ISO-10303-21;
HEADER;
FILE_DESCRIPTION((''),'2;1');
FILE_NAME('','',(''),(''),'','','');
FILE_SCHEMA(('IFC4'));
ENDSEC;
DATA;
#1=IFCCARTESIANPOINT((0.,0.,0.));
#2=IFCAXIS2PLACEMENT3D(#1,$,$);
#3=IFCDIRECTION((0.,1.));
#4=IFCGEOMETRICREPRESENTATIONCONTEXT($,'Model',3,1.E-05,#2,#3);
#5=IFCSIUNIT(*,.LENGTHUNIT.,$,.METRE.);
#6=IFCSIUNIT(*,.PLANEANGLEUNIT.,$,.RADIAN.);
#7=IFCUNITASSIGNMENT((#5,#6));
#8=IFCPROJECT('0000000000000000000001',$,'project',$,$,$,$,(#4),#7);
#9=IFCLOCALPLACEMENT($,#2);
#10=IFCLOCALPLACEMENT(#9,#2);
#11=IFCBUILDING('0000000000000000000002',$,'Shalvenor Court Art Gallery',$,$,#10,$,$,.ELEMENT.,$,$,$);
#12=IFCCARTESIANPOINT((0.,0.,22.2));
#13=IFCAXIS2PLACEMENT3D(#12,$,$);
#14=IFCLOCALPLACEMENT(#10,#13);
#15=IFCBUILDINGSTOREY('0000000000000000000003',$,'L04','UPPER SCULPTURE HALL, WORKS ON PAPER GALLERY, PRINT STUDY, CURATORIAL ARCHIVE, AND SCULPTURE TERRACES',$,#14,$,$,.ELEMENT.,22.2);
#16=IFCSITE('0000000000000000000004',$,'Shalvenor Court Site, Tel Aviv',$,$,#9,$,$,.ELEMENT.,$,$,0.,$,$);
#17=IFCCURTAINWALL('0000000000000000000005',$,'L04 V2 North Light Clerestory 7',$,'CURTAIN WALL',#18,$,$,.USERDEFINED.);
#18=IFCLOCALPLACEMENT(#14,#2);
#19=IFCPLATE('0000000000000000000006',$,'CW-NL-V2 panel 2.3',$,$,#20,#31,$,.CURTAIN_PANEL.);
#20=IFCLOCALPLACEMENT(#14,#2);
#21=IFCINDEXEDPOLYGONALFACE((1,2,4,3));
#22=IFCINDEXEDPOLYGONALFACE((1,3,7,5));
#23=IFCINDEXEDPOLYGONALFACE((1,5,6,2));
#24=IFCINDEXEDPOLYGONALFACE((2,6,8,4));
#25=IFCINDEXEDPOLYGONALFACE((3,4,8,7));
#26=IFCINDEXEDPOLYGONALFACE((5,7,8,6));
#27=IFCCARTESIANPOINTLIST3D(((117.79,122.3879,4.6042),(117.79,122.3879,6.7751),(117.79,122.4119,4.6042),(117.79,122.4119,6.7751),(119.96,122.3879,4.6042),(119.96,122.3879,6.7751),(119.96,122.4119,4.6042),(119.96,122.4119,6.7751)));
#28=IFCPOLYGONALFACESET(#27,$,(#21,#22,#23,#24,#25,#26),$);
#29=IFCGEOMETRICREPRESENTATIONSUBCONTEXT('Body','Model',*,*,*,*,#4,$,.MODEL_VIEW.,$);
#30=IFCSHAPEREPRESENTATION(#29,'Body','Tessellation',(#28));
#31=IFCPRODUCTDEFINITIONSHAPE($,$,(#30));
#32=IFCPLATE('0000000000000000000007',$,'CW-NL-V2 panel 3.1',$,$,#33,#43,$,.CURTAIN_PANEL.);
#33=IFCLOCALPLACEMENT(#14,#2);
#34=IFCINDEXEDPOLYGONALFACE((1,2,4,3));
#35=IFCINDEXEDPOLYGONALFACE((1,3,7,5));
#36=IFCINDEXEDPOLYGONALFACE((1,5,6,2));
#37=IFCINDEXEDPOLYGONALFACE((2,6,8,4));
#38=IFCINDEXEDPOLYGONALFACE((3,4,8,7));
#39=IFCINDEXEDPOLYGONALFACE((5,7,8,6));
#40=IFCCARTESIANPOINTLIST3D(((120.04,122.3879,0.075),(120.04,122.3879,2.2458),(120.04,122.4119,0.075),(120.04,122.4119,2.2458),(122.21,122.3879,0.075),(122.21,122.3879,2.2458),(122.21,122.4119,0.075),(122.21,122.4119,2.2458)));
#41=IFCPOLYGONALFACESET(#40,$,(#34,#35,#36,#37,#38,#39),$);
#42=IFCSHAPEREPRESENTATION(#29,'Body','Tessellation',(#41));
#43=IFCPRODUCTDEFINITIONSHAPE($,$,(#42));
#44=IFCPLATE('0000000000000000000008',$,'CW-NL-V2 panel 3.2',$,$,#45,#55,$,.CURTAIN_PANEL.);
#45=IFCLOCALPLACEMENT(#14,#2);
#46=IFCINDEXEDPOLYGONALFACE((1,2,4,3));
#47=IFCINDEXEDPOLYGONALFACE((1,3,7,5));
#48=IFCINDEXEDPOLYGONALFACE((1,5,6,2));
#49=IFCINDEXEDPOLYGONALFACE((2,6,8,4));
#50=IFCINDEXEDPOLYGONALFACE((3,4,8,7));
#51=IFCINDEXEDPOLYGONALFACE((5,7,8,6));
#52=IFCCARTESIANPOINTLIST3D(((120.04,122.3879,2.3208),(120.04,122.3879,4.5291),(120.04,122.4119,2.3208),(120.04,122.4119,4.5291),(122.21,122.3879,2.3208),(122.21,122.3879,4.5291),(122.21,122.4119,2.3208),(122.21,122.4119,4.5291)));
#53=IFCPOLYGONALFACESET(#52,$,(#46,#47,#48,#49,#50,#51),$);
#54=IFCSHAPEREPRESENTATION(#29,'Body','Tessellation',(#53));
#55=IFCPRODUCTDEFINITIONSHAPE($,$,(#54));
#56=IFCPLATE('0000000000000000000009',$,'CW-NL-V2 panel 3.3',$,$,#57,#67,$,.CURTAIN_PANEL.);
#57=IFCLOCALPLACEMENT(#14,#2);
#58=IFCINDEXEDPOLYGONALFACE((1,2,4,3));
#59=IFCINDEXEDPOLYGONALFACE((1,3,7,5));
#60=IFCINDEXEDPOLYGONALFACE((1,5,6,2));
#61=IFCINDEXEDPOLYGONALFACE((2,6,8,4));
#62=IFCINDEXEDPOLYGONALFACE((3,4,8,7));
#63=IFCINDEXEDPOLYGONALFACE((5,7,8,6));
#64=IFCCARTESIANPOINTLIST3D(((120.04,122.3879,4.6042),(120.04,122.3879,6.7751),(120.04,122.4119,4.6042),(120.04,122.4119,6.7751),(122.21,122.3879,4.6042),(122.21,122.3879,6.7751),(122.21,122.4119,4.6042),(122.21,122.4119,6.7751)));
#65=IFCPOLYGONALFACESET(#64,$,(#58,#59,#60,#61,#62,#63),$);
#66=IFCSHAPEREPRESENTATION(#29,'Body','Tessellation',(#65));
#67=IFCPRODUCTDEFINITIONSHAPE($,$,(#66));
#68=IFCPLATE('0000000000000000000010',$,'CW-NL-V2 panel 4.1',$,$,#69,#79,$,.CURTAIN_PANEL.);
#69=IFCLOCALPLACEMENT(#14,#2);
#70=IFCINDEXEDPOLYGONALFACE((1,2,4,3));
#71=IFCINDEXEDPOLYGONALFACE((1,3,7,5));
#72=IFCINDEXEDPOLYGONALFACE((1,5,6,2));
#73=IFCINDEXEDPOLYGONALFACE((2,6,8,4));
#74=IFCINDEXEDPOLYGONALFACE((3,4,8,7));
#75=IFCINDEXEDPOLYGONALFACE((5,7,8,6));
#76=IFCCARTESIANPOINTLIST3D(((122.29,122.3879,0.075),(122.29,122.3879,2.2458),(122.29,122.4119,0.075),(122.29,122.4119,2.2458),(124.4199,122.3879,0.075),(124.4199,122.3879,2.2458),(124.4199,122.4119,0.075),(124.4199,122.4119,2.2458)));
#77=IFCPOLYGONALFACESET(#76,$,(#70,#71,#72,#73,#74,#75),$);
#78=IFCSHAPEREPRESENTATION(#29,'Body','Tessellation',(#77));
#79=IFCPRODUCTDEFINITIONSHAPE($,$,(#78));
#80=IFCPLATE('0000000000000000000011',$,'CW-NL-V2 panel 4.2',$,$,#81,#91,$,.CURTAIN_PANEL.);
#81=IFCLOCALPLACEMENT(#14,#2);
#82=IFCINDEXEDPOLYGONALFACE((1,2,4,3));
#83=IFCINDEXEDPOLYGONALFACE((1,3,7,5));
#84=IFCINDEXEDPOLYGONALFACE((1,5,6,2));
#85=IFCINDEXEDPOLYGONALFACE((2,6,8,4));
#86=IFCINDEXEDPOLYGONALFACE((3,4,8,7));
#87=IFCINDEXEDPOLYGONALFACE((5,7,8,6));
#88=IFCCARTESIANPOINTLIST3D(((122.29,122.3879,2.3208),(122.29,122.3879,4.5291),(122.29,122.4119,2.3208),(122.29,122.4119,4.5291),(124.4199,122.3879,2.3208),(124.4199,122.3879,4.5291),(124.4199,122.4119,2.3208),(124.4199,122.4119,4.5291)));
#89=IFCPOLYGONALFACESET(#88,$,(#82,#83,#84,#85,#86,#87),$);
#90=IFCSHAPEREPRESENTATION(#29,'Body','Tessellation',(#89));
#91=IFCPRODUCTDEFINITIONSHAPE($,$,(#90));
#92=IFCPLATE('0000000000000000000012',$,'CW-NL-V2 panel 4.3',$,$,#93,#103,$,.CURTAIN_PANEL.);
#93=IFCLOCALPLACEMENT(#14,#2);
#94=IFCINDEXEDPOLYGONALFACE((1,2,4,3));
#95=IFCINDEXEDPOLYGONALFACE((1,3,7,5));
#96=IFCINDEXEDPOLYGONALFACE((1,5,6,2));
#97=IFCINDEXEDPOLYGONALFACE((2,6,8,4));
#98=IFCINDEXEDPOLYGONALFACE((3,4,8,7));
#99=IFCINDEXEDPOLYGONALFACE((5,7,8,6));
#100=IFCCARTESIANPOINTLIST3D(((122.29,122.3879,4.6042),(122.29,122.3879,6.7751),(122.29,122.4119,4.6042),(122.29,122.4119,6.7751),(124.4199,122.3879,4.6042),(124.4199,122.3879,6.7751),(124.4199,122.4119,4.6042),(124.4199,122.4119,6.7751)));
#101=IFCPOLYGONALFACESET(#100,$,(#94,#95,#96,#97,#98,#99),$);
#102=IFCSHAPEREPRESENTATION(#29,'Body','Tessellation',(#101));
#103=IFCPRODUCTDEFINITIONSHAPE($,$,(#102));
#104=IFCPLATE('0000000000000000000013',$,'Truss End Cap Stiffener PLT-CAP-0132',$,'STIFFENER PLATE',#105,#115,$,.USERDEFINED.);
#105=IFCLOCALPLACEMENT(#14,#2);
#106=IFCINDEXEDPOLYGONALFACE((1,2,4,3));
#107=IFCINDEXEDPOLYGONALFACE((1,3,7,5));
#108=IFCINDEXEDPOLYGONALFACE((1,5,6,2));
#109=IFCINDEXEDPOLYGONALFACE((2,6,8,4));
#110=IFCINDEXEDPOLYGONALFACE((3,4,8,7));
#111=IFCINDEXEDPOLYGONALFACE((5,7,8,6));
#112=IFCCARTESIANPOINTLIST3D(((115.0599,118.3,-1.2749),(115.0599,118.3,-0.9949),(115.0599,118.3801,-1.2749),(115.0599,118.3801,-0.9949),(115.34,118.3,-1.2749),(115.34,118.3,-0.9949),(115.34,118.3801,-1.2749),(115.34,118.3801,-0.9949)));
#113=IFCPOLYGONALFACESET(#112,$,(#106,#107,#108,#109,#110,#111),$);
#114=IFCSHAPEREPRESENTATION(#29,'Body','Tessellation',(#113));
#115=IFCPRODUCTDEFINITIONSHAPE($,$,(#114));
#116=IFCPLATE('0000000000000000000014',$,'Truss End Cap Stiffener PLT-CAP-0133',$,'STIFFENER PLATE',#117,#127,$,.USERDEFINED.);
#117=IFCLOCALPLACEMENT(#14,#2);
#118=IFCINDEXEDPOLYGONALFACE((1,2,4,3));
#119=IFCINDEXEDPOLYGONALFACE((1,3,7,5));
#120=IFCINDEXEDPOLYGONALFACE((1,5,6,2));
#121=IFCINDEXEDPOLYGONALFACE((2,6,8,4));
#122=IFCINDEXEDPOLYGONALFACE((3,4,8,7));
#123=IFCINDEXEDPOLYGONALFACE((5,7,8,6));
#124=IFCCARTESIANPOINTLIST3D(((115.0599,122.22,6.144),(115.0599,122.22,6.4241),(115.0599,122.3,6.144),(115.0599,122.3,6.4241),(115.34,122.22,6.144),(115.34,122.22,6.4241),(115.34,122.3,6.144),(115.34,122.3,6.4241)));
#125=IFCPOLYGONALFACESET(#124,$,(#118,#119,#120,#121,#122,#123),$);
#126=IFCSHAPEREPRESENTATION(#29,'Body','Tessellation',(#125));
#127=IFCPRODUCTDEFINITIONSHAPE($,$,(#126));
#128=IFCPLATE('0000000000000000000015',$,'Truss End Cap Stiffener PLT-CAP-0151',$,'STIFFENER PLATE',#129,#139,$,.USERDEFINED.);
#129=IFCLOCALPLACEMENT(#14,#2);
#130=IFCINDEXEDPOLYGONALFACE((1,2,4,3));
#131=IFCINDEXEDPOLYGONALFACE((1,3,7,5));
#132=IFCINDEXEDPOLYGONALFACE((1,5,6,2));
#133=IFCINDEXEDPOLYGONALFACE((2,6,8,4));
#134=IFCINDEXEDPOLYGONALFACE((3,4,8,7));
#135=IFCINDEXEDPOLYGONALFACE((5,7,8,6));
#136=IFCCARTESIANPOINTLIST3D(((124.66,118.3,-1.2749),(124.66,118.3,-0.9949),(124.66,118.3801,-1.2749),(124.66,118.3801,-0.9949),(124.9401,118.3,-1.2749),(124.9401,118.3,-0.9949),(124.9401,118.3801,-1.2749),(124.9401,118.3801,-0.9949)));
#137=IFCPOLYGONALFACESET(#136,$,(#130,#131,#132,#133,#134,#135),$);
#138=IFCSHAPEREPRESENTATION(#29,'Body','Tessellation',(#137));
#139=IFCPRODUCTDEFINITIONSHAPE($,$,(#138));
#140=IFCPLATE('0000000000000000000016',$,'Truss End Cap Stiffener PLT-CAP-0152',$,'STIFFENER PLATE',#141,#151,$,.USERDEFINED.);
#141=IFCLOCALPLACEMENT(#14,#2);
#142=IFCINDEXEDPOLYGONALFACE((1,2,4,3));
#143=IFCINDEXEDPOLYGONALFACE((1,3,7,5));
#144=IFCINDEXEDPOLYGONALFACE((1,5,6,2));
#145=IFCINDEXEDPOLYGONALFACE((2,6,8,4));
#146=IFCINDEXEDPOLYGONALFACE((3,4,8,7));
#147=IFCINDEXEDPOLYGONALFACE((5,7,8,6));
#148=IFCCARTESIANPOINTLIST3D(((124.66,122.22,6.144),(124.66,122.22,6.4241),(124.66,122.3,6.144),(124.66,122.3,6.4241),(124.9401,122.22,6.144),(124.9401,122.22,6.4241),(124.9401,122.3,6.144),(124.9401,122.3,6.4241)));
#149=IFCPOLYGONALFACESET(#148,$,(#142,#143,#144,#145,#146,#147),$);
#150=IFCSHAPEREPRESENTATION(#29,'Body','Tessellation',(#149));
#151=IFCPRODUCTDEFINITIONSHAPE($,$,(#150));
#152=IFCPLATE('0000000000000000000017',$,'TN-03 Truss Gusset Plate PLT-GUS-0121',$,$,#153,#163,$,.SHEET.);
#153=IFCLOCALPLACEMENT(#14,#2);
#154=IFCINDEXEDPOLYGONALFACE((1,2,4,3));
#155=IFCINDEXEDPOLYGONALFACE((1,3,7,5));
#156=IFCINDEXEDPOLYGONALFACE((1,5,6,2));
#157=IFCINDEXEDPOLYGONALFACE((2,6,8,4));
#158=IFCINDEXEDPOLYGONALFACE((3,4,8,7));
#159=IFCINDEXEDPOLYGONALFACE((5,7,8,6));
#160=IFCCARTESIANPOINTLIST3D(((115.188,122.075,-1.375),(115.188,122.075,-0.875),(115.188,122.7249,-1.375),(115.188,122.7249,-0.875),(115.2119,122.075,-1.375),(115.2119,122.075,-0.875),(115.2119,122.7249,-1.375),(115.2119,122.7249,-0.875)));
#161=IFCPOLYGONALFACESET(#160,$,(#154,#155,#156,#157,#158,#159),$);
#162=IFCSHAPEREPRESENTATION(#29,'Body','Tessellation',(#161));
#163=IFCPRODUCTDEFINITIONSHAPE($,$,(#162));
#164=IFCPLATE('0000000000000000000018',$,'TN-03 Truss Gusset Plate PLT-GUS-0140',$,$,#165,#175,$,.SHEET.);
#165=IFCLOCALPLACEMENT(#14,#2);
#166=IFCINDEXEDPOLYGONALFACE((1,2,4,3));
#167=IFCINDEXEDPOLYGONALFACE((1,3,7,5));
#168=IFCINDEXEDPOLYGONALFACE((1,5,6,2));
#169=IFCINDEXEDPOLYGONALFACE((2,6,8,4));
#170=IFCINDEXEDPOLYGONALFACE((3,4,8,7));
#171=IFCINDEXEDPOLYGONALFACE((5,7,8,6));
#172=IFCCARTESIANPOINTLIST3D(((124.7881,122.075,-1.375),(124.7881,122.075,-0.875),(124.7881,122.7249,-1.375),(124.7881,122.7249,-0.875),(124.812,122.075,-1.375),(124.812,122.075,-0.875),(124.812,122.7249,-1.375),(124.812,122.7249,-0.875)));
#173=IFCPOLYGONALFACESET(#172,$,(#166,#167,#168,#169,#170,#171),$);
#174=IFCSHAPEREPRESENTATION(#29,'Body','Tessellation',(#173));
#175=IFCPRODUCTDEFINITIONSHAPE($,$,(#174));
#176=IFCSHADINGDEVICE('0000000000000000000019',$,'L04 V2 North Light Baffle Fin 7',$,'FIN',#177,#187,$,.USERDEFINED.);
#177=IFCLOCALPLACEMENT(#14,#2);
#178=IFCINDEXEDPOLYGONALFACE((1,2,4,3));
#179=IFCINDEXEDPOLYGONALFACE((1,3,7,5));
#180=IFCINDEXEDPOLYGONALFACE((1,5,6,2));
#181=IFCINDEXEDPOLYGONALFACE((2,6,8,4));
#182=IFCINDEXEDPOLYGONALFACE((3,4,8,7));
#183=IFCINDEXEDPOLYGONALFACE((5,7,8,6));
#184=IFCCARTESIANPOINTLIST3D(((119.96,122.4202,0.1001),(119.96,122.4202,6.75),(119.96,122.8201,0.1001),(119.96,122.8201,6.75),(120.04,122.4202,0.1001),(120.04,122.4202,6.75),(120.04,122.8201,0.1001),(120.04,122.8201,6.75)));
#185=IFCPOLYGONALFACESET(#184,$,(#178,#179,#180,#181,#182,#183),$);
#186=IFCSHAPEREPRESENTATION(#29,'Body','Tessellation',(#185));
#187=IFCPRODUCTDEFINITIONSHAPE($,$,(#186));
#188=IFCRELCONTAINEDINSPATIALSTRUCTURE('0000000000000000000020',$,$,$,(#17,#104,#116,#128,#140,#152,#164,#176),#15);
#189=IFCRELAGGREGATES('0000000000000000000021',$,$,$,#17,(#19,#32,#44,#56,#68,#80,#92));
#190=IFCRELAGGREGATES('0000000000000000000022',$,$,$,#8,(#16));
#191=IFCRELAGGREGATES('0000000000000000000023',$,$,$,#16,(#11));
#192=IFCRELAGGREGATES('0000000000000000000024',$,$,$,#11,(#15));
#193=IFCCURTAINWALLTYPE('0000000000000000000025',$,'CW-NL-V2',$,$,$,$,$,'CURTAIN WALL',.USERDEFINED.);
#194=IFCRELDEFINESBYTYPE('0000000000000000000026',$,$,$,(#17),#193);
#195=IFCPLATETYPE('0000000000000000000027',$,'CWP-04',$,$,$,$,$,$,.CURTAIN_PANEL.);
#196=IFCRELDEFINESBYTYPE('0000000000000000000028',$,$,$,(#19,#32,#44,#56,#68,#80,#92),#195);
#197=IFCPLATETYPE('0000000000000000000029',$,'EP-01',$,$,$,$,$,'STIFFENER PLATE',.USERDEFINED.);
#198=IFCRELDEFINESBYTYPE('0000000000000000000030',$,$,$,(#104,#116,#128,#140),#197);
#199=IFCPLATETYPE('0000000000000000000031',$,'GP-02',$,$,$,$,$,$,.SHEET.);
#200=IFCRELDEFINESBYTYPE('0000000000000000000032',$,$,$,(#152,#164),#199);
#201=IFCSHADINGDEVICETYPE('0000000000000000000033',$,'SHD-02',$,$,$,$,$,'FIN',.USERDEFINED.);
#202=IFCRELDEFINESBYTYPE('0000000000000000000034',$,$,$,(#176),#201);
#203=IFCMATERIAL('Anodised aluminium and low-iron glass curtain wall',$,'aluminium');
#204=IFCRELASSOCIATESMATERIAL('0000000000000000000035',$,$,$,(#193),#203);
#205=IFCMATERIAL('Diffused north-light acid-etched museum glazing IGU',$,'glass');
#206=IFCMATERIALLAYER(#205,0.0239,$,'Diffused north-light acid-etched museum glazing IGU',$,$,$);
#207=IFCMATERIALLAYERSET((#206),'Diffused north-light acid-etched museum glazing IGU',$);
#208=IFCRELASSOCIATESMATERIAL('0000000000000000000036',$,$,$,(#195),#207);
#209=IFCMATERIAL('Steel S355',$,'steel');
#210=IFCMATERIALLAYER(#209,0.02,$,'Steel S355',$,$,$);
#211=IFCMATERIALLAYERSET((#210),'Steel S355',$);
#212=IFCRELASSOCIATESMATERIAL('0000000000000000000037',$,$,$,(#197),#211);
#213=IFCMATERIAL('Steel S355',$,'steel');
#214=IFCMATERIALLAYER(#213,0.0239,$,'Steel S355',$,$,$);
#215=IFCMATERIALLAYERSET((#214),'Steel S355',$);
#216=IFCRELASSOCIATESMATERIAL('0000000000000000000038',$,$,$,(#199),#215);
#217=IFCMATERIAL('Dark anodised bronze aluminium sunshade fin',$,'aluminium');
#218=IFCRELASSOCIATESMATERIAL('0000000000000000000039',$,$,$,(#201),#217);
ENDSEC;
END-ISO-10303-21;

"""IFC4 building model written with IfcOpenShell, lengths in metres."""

from ifc_helpers import new_model, si_unit, direction, frame, origin, origin_2d, place, context, subcontext, project, spatial, rectangle, extrude, material, layer, layer_set, type_object, element, aggregate, save


model = new_model("IFC4")

# Units and contexts
model_context = context("Model", 3, precision=1e-05, world=origin(), true_north=direction((0.0, 1.0)))
body_context = subcontext(model_context, "Body", "Model", "MODEL_VIEW")
ifc_project = project(units=[si_unit("LENGTHUNIT", "METRE"), si_unit("PLANEANGLEUNIT", "RADIAN")], contexts=[model_context])

# Site, building, storey
site_placement = place(None, origin())
site = spatial("IfcSite", under=ifc_project, at=site_placement, Name="Shalvenor Court Site, Tel Aviv", CompositionType="ELEMENT", RefElevation=0.0)
building_placement = place(site_placement, origin())
building = spatial("IfcBuilding", under=site, at=building_placement, Name="Shalvenor Court Art Gallery", CompositionType="ELEMENT")
storey_placement = place(building_placement, frame((0.0, 0.0, 22.2)))
storey = spatial("IfcBuildingStorey", under=building, at=storey_placement, Name="L04", Description="UPPER SCULPTURE HALL, WORKS ON PAPER GALLERY, PRINT STUDY, CURATORIAL ARCHIVE, AND SCULPTURE TERRACES", CompositionType="ELEMENT", Elevation=22.2)

# Curtain wall
ifc_material_1 = material(Name="Anodised aluminium and low-iron glass curtain wall", Category="aluminium")
curtain_wall_type = type_object("IfcCurtainWallType", Name="CW-NL-V2", ElementType="CURTAIN WALL", PredefinedType="USERDEFINED", material=ifc_material_1)
curtain_wall_placement = place(storey_placement, origin())
curtain_wall = element("IfcCurtainWall", 1, at=curtain_wall_placement, inside=storey, type_object=curtain_wall_type, Name="L04 V2 North Light Clerestory 7", ObjectType="CURTAIN WALL", PredefinedType="USERDEFINED")

# Plates
ifc_material_2 = material(Name="Diffused north-light acid-etched museum glazing IGU", Category="glass")
ifc_layer_1 = layer(ifc_material_2, 0.0239, Name="Diffused north-light acid-etched museum glazing IGU")
ifc_layer_set_1 = layer_set([ifc_layer_1], Name="Diffused north-light acid-etched museum glazing IGU")
plate_type_1 = type_object("IfcPlateType", Name="CWP-04", PredefinedType="CURTAIN_PANEL", material=ifc_layer_set_1)
plate_1_placement = place(storey_placement, frame((118.875, 122.3999, 4.6042), z_axis=(0.0, 0.0, 1.0), x_axis=(1.0, 0.0, 0.0)))
plate_1 = element("IfcPlate", 2, at=plate_1_placement, type_object=plate_type_1, Name="CW-NL-V2 panel 2.3", PredefinedType="CURTAIN_PANEL", context=body_context, shape_type="SweptSolid", body=[
    extrude(rectangle(XDim=2.1699, YDim=0.0239, at=origin_2d()), origin(), (0.0, 0.0, 1.0), 2.1709),
])
plate_2_placement = place(storey_placement, frame((121.125, 122.3999, 0.075), z_axis=(0.0, 0.0, 1.0), x_axis=(1.0, 0.0, 0.0)))
plate_2 = element("IfcPlate", 3, at=plate_2_placement, type_object=plate_type_1, Name="CW-NL-V2 panel 3.1", PredefinedType="CURTAIN_PANEL", context=body_context, shape_type="SweptSolid", body=[
    extrude(rectangle(XDim=2.1699, YDim=0.0239, at=origin_2d()), origin(), (0.0, 0.0, 1.0), 2.1709),
])
plate_3_placement = place(storey_placement, frame((121.125, 122.3999, 2.3208), z_axis=(0.0, 0.0, 1.0), x_axis=(1.0, 0.0, 0.0)))
plate_3 = element("IfcPlate", 4, at=plate_3_placement, type_object=plate_type_1, Name="CW-NL-V2 panel 3.2", PredefinedType="CURTAIN_PANEL", context=body_context, shape_type="SweptSolid", body=[
    extrude(rectangle(XDim=2.1699, YDim=0.0239, at=origin_2d()), origin(), (0.0, 0.0, 1.0), 2.2083),
])
plate_4_placement = place(storey_placement, frame((121.125, 122.3999, 4.6042), z_axis=(0.0, 0.0, 1.0), x_axis=(1.0, 0.0, 0.0)))
plate_4 = element("IfcPlate", 5, at=plate_4_placement, type_object=plate_type_1, Name="CW-NL-V2 panel 3.3", PredefinedType="CURTAIN_PANEL", context=body_context, shape_type="SweptSolid", body=[
    extrude(rectangle(XDim=2.1699, YDim=0.0239, at=origin_2d()), origin(), (0.0, 0.0, 1.0), 2.1709),
])
plate_5_placement = place(storey_placement, frame((123.355, 122.3999, 0.075), z_axis=(0.0, 0.0, 1.0), x_axis=(1.0, 0.0, 0.0)))
plate_5 = element("IfcPlate", 6, at=plate_5_placement, type_object=plate_type_1, Name="CW-NL-V2 panel 4.1", PredefinedType="CURTAIN_PANEL", context=body_context, shape_type="SweptSolid", body=[
    extrude(rectangle(XDim=2.1299, YDim=0.0239, at=origin_2d()), origin(), (0.0, 0.0, 1.0), 2.1709),
])
plate_6_placement = place(storey_placement, frame((123.355, 122.3999, 2.3208), z_axis=(0.0, 0.0, 1.0), x_axis=(1.0, 0.0, 0.0)))
plate_6 = element("IfcPlate", 7, at=plate_6_placement, type_object=plate_type_1, Name="CW-NL-V2 panel 4.2", PredefinedType="CURTAIN_PANEL", context=body_context, shape_type="SweptSolid", body=[
    extrude(rectangle(XDim=2.1299, YDim=0.0239, at=origin_2d()), origin(), (0.0, 0.0, 1.0), 2.2083),
])
plate_7_placement = place(storey_placement, frame((123.355, 122.3999, 4.6042), z_axis=(0.0, 0.0, 1.0), x_axis=(1.0, 0.0, 0.0)))
plate_7 = element("IfcPlate", 8, at=plate_7_placement, type_object=plate_type_1, Name="CW-NL-V2 panel 4.3", PredefinedType="CURTAIN_PANEL", context=body_context, shape_type="SweptSolid", body=[
    extrude(rectangle(XDim=2.1299, YDim=0.0239, at=origin_2d()), origin(), (0.0, 0.0, 1.0), 2.1709),
])
aggregate(curtain_wall, [plate_1, plate_2, plate_3, plate_4, plate_5, plate_6, plate_7])

# Plates
ifc_material_3 = material(Name="Steel S355", Category="steel")
ifc_layer_2 = layer(ifc_material_3, 0.02, Name="Steel S355")
ifc_layer_set_2 = layer_set([ifc_layer_2], Name="Steel S355")
plate_type_2 = type_object("IfcPlateType", Name="EP-01", ElementType="STIFFENER PLATE", PredefinedType="USERDEFINED", material=ifc_layer_set_2)
for number, where, z_axis, x_axis, name in (
    (9, (115.2, 118.3401, -1.2749), (0.0, 0.0, 1.0), (1.0, 0.0, 0.0), "Truss End Cap Stiffener PLT-CAP-0132"),
    (10, (115.2, 122.26, 6.144), (0.0, 0.0, 1.0), (1.0, 0.0, 0.0), "Truss End Cap Stiffener PLT-CAP-0133"),
    (11, (124.8, 118.3401, -1.2749), (0.0, 0.0, 1.0), (1.0, 0.0, 0.0), "Truss End Cap Stiffener PLT-CAP-0151"),
    (12, (124.8, 122.26, 6.144), (0.0, 0.0, 1.0), (1.0, 0.0, 0.0), "Truss End Cap Stiffener PLT-CAP-0152"),
):
    element("IfcPlate", number, at=place(storey_placement, frame(where, z_axis=z_axis, x_axis=x_axis)), inside=storey, type_object=plate_type_2, Name=name, ObjectType="STIFFENER PLATE", PredefinedType="USERDEFINED", context=body_context, shape_type="SweptSolid", body=[
        extrude(rectangle(XDim=0.28, YDim=0.0801, at=origin_2d()), origin(), (0.0, 0.0, 1.0), 0.28),
    ])
ifc_material_4 = material(Name="Steel S355", Category="steel")
ifc_layer_3 = layer(ifc_material_4, 0.0239, Name="Steel S355")
ifc_layer_set_3 = layer_set([ifc_layer_3], Name="Steel S355")
plate_type_3 = type_object("IfcPlateType", Name="GP-02", PredefinedType="SHEET", material=ifc_layer_set_3)
for number, where, z_axis, x_axis, name in (
    (13, (115.2, 122.3999, -1.375), (0.0, 0.0, 1.0), (0.0, 1.0, 0.0), "TN-03 Truss Gusset Plate PLT-GUS-0121"),
    (14, (124.8, 122.3999, -1.375), (0.0, 0.0, 1.0), (0.0, 1.0, 0.0), "TN-03 Truss Gusset Plate PLT-GUS-0140"),
):
    element("IfcPlate", number, at=place(storey_placement, frame(where, z_axis=z_axis, x_axis=x_axis)), inside=storey, type_object=plate_type_3, Name=name, PredefinedType="SHEET", context=body_context, shape_type="SweptSolid", body=[
        extrude(rectangle(XDim=0.6499, YDim=0.0239, at=origin_2d()), origin(), (0.0, 0.0, 1.0), 0.5),
    ])

# Shading device
ifc_material_5 = material(Name="Dark anodised bronze aluminium sunshade fin", Category="aluminium")
shading_device_type = type_object("IfcShadingDeviceType", Name="SHD-02", ElementType="FIN", PredefinedType="USERDEFINED", material=ifc_material_5)
shading_device_placement = place(storey_placement, frame((120.0, 122.6201, 0.1001), z_axis=(0.0, 0.0, 1.0), x_axis=(1.0, 0.0, 0.0)))
element("IfcShadingDevice", 15, at=shading_device_placement, inside=storey, type_object=shading_device_type, Name="L04 V2 North Light Baffle Fin 7", ObjectType="FIN", PredefinedType="USERDEFINED", context=body_context, shape_type="SweptSolid", body=[
    extrude(rectangle(XDim=0.0801, YDim=0.3999, at=origin_2d()), origin(), (0.0, 0.0, 1.0), 6.6499),
])

save(model, "model.ifc")
